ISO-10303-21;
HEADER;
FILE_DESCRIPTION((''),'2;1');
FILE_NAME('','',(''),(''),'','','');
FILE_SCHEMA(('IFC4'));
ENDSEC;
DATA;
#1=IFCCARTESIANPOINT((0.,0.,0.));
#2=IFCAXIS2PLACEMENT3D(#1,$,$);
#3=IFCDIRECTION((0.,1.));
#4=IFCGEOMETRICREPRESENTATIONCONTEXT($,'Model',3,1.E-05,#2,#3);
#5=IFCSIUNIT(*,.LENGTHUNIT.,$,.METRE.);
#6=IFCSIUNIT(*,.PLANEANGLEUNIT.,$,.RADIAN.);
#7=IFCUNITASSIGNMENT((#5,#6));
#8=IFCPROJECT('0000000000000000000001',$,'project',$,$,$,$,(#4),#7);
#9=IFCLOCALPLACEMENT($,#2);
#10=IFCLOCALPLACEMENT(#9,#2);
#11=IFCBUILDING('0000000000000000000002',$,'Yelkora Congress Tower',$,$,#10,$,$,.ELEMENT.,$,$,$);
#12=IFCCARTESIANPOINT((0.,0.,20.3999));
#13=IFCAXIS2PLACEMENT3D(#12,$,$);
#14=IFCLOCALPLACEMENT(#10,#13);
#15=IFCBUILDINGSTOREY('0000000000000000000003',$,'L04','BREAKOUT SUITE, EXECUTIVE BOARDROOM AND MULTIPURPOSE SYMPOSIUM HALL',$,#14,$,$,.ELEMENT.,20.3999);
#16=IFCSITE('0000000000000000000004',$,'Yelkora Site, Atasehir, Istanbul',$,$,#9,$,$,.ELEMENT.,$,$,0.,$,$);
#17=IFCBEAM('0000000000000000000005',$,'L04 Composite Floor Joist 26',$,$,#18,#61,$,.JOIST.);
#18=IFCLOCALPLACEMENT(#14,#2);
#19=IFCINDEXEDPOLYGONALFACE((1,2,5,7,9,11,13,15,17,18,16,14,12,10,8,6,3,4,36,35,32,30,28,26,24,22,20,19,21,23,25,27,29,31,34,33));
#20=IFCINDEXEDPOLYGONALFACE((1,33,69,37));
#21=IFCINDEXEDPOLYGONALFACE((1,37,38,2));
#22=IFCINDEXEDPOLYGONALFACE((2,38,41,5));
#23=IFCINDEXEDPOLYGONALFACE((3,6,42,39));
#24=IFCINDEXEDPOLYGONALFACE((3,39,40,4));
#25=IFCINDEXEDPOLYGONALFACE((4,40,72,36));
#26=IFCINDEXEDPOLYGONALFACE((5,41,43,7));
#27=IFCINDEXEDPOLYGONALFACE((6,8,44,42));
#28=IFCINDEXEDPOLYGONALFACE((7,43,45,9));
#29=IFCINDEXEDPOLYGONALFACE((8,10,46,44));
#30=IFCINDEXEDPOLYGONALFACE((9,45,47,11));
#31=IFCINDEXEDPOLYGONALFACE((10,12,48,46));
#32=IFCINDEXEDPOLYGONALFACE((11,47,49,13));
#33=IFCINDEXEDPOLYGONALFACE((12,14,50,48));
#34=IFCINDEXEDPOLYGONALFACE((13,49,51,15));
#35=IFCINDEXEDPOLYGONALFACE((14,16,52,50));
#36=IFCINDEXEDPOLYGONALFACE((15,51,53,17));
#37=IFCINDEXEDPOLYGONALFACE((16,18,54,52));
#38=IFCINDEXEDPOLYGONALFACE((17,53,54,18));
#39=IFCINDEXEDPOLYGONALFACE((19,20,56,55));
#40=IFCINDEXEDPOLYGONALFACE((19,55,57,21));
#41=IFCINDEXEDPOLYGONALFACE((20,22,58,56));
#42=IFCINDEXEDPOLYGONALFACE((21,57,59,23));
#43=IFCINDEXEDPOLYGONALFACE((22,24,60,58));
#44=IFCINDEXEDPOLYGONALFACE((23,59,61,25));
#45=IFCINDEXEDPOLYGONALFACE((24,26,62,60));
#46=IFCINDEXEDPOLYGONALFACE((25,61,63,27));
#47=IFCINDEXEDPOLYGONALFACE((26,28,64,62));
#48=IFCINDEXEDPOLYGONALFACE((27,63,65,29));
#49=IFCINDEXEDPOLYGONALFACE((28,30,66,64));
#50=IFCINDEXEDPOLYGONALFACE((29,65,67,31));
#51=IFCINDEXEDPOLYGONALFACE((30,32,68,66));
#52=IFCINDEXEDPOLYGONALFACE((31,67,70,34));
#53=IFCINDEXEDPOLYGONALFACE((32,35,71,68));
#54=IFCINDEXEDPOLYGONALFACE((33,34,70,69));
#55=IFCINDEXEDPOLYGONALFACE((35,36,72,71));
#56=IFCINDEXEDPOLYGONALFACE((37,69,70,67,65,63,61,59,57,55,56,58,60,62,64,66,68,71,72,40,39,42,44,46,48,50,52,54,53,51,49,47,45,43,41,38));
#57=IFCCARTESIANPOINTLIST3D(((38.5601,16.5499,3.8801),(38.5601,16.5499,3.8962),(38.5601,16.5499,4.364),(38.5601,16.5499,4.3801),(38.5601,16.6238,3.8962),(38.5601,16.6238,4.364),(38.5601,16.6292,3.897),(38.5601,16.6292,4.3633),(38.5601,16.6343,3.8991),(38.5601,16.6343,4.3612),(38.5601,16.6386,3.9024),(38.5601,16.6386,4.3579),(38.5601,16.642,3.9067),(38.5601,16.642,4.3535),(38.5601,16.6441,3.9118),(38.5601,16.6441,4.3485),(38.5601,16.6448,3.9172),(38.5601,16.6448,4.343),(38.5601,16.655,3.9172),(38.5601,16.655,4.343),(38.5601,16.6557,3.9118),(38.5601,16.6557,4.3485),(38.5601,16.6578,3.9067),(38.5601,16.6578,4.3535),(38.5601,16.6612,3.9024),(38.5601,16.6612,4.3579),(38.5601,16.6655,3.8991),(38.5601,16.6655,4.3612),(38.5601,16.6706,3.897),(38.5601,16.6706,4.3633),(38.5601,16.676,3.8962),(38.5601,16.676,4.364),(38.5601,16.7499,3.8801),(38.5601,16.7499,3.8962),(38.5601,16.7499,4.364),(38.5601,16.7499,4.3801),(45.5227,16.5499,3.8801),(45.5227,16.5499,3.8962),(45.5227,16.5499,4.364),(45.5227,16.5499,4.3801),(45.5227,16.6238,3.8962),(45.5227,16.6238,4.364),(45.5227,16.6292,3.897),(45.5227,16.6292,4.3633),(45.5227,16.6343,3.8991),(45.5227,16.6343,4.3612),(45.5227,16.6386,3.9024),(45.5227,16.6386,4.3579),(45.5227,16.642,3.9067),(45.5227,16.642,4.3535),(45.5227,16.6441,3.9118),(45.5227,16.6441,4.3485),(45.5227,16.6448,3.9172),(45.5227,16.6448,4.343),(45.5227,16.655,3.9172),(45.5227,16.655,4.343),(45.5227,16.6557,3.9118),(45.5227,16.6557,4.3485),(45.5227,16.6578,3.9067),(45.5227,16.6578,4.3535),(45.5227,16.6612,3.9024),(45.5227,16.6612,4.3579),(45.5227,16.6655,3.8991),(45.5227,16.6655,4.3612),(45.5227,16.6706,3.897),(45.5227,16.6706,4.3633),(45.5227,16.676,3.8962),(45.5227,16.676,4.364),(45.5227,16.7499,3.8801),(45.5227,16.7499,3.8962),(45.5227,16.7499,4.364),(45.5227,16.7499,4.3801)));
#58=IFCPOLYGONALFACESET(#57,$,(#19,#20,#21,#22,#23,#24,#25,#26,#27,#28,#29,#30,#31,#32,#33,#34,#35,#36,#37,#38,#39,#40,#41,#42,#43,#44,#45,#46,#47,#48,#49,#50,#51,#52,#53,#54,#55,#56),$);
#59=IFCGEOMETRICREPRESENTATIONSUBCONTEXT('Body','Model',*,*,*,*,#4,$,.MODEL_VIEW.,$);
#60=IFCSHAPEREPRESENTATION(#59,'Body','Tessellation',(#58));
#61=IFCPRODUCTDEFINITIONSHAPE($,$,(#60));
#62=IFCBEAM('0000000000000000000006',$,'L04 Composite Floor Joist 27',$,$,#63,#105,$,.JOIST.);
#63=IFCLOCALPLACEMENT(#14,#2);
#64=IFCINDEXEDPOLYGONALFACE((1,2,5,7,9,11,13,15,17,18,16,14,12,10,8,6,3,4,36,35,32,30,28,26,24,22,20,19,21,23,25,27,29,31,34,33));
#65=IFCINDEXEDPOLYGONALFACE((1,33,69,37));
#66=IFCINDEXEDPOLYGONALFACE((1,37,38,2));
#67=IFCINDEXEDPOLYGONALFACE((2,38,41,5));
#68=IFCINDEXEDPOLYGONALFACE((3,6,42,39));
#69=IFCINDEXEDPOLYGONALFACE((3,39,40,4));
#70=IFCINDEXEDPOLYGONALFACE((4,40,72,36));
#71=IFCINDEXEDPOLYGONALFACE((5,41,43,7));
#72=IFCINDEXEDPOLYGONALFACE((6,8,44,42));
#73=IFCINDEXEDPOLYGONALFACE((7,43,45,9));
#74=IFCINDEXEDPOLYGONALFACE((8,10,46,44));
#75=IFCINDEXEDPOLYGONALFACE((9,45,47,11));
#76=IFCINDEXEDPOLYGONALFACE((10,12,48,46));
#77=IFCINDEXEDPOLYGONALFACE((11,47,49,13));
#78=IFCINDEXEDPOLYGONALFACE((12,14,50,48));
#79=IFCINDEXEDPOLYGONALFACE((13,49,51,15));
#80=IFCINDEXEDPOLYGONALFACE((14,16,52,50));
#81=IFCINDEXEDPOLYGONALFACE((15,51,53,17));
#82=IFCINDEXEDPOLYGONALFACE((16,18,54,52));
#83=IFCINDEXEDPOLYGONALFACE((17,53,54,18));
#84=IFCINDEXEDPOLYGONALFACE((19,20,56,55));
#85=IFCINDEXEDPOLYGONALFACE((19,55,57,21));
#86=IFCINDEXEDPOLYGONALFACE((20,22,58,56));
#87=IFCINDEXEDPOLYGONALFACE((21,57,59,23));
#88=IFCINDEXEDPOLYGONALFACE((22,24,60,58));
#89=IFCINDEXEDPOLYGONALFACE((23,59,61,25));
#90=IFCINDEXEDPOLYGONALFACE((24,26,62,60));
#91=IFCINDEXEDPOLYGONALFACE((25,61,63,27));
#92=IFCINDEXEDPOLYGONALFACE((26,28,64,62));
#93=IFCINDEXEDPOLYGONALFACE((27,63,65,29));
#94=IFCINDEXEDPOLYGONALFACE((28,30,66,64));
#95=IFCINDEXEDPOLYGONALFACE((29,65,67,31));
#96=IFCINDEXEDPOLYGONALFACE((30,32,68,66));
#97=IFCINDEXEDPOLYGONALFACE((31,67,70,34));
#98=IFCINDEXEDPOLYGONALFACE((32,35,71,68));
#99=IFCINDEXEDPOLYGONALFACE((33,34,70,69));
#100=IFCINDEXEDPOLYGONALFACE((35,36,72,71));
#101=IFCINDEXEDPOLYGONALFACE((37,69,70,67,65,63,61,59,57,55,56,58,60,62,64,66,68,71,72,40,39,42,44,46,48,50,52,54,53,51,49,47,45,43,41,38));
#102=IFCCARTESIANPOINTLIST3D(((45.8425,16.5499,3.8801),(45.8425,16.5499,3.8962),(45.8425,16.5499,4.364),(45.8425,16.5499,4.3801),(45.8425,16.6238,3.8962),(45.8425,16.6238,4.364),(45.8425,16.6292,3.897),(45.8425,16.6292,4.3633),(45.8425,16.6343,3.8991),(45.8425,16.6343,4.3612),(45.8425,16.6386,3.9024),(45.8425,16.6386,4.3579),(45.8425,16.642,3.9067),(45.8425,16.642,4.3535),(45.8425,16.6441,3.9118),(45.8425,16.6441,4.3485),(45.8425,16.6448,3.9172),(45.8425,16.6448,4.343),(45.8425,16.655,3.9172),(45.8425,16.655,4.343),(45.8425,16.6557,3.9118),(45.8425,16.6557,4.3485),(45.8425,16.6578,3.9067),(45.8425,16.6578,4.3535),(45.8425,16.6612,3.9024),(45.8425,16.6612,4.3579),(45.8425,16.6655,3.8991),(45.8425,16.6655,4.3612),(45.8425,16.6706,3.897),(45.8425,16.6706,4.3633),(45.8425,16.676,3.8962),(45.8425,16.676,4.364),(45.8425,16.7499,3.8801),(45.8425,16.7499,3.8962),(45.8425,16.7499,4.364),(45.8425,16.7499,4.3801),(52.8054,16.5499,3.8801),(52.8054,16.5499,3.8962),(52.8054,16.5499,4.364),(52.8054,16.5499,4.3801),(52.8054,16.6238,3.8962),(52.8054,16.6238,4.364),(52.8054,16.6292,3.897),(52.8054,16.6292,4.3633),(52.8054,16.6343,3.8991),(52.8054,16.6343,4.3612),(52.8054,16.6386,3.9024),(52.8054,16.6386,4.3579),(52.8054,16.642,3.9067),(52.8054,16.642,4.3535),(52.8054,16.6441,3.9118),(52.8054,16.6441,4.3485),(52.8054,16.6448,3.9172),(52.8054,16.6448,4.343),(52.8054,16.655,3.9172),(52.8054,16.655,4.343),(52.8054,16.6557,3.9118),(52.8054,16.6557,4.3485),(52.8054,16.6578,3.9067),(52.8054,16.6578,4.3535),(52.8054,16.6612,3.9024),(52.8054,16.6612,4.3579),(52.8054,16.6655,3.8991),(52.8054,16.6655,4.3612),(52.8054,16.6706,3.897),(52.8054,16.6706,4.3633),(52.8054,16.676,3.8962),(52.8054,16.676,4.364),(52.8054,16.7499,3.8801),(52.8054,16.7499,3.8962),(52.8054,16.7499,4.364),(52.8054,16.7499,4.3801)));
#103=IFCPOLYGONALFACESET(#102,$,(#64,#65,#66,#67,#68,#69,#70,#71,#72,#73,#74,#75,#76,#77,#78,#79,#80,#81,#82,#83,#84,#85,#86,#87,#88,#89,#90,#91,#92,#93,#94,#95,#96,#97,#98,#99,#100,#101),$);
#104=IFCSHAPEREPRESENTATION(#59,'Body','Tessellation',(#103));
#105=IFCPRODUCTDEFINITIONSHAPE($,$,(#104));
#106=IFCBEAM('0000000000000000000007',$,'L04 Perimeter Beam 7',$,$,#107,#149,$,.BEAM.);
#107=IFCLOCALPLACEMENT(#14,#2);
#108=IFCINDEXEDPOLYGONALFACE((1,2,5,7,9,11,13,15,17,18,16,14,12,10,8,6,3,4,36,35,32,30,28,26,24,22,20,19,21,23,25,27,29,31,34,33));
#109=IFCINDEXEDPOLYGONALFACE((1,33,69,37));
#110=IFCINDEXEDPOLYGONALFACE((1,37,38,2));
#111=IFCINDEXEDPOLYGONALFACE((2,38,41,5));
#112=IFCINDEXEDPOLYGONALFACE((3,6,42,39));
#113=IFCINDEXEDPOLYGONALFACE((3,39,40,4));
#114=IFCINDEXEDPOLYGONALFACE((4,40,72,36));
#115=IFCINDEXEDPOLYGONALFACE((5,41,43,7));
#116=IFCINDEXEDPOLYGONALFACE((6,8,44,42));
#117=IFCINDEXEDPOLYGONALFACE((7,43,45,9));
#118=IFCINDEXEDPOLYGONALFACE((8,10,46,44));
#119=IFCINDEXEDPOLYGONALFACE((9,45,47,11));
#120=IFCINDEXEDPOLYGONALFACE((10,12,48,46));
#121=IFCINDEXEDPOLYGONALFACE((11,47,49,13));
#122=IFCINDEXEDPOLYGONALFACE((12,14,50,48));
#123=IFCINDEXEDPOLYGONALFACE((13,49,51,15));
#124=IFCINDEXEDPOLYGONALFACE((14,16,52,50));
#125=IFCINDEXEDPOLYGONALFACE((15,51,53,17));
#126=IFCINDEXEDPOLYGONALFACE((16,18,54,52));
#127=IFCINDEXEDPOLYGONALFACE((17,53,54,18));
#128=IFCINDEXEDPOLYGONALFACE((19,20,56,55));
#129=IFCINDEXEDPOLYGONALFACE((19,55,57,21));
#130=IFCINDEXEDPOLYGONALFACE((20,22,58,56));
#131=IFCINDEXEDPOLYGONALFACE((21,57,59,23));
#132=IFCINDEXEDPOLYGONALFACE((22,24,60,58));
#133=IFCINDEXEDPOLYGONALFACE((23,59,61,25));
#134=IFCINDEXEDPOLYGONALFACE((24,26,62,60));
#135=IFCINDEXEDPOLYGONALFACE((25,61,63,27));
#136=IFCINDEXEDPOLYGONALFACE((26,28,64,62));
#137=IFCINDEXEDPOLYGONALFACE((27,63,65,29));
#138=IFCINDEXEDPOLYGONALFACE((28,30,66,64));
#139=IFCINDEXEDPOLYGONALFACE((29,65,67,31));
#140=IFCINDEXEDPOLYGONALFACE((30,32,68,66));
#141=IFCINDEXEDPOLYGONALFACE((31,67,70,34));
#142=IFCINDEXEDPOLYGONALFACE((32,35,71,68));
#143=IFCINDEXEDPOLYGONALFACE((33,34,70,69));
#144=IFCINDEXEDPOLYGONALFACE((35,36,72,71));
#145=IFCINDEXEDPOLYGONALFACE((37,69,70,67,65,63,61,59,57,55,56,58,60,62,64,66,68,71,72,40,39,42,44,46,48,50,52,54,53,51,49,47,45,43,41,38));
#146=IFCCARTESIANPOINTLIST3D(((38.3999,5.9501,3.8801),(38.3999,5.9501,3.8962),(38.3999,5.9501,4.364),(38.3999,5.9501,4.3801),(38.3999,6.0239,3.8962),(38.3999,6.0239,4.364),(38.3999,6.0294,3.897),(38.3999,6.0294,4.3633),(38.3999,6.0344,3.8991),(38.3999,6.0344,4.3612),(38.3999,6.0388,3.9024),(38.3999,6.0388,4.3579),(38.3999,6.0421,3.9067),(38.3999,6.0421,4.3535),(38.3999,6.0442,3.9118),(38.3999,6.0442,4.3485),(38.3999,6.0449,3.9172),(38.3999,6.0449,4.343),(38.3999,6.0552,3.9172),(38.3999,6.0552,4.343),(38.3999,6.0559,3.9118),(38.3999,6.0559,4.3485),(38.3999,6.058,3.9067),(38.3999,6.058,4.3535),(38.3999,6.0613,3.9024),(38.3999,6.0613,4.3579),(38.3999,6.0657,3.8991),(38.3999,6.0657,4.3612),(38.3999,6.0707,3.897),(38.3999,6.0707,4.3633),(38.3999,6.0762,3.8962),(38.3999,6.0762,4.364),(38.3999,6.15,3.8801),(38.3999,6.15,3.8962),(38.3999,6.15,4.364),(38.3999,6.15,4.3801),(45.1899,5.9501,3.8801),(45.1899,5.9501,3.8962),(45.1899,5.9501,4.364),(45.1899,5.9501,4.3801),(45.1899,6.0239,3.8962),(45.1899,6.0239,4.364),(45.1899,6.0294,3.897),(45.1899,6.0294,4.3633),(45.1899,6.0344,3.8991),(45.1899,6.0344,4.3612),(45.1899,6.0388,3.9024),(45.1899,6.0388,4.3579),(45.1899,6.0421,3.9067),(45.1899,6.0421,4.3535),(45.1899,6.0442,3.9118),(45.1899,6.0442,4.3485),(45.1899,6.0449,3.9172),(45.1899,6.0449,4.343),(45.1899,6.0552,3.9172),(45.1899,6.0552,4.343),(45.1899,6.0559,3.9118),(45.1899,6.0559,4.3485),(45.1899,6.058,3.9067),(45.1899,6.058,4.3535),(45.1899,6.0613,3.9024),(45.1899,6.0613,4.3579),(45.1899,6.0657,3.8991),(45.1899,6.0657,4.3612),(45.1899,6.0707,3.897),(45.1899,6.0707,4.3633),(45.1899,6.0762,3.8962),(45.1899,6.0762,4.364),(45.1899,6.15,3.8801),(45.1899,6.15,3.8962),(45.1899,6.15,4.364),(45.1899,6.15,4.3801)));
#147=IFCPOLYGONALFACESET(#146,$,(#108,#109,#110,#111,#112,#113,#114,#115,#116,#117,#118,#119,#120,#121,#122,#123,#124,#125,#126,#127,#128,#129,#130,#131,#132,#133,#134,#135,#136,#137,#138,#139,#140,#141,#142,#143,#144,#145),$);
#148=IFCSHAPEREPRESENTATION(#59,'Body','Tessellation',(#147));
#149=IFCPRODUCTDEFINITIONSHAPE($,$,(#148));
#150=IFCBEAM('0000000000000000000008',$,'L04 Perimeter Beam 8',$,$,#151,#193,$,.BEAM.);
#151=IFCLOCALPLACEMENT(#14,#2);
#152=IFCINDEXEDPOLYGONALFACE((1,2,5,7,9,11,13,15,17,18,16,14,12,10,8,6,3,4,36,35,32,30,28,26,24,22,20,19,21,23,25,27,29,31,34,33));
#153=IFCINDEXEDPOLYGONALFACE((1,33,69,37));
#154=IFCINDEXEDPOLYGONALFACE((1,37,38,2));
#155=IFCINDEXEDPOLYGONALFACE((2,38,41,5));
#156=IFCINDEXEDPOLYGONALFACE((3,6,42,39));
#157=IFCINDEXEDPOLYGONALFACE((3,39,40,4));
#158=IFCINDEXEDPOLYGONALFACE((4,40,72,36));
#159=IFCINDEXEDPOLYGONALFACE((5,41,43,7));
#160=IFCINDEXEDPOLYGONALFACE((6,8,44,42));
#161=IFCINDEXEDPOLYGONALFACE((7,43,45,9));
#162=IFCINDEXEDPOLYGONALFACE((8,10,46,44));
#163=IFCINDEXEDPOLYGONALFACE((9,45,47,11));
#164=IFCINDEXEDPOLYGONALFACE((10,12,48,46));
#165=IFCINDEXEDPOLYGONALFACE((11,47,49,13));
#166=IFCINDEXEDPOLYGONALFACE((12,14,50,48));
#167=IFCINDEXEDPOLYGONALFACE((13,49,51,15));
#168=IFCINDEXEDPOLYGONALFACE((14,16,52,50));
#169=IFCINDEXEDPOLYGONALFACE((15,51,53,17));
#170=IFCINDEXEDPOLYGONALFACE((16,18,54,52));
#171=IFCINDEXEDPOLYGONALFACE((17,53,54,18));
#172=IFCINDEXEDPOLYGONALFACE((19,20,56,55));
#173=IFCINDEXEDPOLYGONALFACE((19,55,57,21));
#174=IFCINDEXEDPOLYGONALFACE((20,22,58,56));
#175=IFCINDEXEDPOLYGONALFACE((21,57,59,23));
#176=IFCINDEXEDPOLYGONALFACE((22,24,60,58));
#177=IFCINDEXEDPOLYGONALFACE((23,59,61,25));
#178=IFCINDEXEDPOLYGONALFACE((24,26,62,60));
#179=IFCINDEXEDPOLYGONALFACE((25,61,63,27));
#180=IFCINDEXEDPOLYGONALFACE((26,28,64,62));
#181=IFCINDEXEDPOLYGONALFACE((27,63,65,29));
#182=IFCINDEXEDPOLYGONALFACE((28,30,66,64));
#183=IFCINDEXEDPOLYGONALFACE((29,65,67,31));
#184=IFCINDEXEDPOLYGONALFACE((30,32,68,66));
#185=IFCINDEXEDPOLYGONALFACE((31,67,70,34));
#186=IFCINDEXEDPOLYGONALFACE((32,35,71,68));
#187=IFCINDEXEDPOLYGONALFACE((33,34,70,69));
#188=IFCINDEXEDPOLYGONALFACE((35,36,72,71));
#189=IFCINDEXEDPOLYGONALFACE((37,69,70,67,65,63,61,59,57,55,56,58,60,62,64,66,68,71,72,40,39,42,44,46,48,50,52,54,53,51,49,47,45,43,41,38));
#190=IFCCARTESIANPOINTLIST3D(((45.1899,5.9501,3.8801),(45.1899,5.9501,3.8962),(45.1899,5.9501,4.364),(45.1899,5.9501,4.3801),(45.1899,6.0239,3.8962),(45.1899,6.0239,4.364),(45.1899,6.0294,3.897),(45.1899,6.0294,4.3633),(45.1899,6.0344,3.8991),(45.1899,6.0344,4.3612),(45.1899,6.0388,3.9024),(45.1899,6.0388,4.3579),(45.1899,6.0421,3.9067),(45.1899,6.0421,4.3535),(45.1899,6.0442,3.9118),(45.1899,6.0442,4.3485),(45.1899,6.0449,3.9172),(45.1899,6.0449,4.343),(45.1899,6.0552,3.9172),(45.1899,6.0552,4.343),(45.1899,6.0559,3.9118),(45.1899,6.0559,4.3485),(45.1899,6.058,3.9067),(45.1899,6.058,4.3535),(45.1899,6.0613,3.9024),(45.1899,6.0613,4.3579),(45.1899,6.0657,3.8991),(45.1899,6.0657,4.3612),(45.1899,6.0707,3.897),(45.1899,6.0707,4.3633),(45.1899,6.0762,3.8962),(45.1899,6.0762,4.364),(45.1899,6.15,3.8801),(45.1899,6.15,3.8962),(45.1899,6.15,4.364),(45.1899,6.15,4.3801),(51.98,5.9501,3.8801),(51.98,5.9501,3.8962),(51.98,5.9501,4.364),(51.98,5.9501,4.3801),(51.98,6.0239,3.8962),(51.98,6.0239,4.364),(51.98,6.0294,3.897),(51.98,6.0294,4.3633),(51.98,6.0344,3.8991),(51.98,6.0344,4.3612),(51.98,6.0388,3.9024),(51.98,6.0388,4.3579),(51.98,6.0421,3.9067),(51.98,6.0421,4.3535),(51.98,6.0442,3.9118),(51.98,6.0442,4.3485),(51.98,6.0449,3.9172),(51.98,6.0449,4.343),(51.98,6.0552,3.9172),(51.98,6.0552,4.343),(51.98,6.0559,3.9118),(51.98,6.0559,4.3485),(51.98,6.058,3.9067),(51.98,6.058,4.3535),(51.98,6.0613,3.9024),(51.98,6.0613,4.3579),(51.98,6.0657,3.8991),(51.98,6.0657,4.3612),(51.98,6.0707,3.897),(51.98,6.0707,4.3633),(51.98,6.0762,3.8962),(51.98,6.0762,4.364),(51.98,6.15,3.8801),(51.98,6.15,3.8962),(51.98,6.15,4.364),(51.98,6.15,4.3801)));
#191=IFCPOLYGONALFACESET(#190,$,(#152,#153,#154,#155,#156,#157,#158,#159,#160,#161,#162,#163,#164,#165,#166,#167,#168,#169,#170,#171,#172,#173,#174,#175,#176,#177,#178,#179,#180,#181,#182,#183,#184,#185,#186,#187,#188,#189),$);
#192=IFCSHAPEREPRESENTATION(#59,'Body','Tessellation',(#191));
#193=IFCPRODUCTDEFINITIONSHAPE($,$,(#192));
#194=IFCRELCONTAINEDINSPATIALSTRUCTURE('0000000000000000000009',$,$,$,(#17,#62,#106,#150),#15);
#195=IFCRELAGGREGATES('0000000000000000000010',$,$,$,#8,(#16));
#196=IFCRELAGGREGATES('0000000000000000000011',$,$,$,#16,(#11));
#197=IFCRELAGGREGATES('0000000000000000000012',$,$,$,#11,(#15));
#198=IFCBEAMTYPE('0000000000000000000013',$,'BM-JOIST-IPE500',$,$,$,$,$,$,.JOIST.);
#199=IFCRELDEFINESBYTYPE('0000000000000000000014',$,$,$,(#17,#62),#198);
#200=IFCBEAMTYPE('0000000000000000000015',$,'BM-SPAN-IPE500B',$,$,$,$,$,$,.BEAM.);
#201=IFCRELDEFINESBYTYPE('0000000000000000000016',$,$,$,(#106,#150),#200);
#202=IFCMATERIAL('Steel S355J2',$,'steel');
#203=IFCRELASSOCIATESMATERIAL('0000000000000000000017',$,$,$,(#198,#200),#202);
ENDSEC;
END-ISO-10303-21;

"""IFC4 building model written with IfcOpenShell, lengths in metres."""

from ifc_helpers import new_model, si_unit, direction, frame, origin, origin_2d, place, context, subcontext, project, spatial, i_section, extrude, material, material_profile, profile_set, type_object, element, save


model = new_model("IFC4")

# Units and contexts
model_context = context("Model", 3, precision=1e-05, world=origin(), true_north=direction((0.0, 1.0)))
body_context = subcontext(model_context, "Body", "Model", "MODEL_VIEW")
ifc_project = project(units=[si_unit("LENGTHUNIT", "METRE"), si_unit("PLANEANGLEUNIT", "RADIAN")], contexts=[model_context])

# Site, building, storey
site_placement = place(None, origin())
site = spatial("IfcSite", under=ifc_project, at=site_placement, Name="Yelkora Site, Atasehir, Istanbul", CompositionType="ELEMENT", RefElevation=0.0)
building_placement = place(site_placement, origin())
building = spatial("IfcBuilding", under=site, at=building_placement, Name="Yelkora Congress Tower", CompositionType="ELEMENT")
storey_placement = place(building_placement, frame((0.0, 0.0, 20.3999)))
storey = spatial("IfcBuildingStorey", under=building, at=storey_placement, Name="L04", Description="BREAKOUT SUITE, EXECUTIVE BOARDROOM AND MULTIPURPOSE SYMPOSIUM HALL", CompositionType="ELEMENT", Elevation=20.3999)

# Beams
ifc_material_1 = material(Name="Steel S355J2", Category="steel")
ifc_material_profile_1 = material_profile(ifc_material_1, i_section(OverallWidth=0.2, OverallDepth=0.5, WebThickness=0.0103, FlangeThickness=0.0161, FilletRadius=0.021, at=origin_2d()), Name="IPE 500")
ifc_profile_set_1 = profile_set([ifc_material_profile_1], Name="Steel S355J2")
beam_type_1 = type_object("IfcBeamType", Name="BM-JOIST-IPE500", PredefinedType="JOIST", material=ifc_profile_set_1)
beam_1_placement = place(storey_placement, frame((38.5601, 16.6499, 4.1301), z_axis=(1.0, 0.0, 0.0), x_axis=(0.0, 1.0, 0.0)))
element("IfcBeam", 1, at=beam_1_placement, inside=storey, type_object=beam_type_1, Name="L04 Composite Floor Joist 26", PredefinedType="JOIST", context=body_context, shape_type="SweptSolid", body=[
    extrude(i_section(OverallWidth=0.2, OverallDepth=0.5, WebThickness=0.0103, FlangeThickness=0.0161, FilletRadius=0.021, at=origin_2d()), origin(), (0.0, 0.0, 1.0), 6.9626),
])
beam_2_placement = place(storey_placement, frame((45.8425, 16.6499, 4.1301), z_axis=(1.0, 0.0, 0.0), x_axis=(0.0, 1.0, 0.0)))
element("IfcBeam", 2, at=beam_2_placement, inside=storey, type_object=beam_type_1, Name="L04 Composite Floor Joist 27", PredefinedType="JOIST", context=body_context, shape_type="SweptSolid", body=[
    extrude(i_section(OverallWidth=0.2, OverallDepth=0.5, WebThickness=0.0103, FlangeThickness=0.0161, FilletRadius=0.021, at=origin_2d()), origin(), (0.0, 0.0, 1.0), 6.9629),
])
ifc_material_profile_2 = material_profile(ifc_material_1, i_section(OverallWidth=0.2, OverallDepth=0.5, WebThickness=0.0103, FlangeThickness=0.0161, FilletRadius=0.021, at=origin_2d()), Name="IPE 500")
ifc_profile_set_2 = profile_set([ifc_material_profile_2], Name="Steel S355J2")
beam_type_2 = type_object("IfcBeamType", Name="BM-SPAN-IPE500B", PredefinedType="BEAM", material=ifc_profile_set_2)
for number, where, z_axis, x_axis, name in (
    (3, (38.3999, 6.05, 4.1301), (1.0, 0.0, 0.0), (0.0, 1.0, 0.0), "L04 Perimeter Beam 7"),
    (4, (45.1899, 6.05, 4.1301), (1.0, 0.0, 0.0), (0.0, 1.0, 0.0), "L04 Perimeter Beam 8"),
):
    element("IfcBeam", number, at=place(storey_placement, frame(where, z_axis=z_axis, x_axis=x_axis)), inside=storey, type_object=beam_type_2, Name=name, PredefinedType="BEAM", context=body_context, shape_type="SweptSolid", body=[
        extrude(i_section(OverallWidth=0.2, OverallDepth=0.5, WebThickness=0.0103, FlangeThickness=0.0161, FilletRadius=0.021, at=origin_2d()), origin(), (0.0, 0.0, 1.0), 6.79),
    ])

save(model, "model.ifc")
